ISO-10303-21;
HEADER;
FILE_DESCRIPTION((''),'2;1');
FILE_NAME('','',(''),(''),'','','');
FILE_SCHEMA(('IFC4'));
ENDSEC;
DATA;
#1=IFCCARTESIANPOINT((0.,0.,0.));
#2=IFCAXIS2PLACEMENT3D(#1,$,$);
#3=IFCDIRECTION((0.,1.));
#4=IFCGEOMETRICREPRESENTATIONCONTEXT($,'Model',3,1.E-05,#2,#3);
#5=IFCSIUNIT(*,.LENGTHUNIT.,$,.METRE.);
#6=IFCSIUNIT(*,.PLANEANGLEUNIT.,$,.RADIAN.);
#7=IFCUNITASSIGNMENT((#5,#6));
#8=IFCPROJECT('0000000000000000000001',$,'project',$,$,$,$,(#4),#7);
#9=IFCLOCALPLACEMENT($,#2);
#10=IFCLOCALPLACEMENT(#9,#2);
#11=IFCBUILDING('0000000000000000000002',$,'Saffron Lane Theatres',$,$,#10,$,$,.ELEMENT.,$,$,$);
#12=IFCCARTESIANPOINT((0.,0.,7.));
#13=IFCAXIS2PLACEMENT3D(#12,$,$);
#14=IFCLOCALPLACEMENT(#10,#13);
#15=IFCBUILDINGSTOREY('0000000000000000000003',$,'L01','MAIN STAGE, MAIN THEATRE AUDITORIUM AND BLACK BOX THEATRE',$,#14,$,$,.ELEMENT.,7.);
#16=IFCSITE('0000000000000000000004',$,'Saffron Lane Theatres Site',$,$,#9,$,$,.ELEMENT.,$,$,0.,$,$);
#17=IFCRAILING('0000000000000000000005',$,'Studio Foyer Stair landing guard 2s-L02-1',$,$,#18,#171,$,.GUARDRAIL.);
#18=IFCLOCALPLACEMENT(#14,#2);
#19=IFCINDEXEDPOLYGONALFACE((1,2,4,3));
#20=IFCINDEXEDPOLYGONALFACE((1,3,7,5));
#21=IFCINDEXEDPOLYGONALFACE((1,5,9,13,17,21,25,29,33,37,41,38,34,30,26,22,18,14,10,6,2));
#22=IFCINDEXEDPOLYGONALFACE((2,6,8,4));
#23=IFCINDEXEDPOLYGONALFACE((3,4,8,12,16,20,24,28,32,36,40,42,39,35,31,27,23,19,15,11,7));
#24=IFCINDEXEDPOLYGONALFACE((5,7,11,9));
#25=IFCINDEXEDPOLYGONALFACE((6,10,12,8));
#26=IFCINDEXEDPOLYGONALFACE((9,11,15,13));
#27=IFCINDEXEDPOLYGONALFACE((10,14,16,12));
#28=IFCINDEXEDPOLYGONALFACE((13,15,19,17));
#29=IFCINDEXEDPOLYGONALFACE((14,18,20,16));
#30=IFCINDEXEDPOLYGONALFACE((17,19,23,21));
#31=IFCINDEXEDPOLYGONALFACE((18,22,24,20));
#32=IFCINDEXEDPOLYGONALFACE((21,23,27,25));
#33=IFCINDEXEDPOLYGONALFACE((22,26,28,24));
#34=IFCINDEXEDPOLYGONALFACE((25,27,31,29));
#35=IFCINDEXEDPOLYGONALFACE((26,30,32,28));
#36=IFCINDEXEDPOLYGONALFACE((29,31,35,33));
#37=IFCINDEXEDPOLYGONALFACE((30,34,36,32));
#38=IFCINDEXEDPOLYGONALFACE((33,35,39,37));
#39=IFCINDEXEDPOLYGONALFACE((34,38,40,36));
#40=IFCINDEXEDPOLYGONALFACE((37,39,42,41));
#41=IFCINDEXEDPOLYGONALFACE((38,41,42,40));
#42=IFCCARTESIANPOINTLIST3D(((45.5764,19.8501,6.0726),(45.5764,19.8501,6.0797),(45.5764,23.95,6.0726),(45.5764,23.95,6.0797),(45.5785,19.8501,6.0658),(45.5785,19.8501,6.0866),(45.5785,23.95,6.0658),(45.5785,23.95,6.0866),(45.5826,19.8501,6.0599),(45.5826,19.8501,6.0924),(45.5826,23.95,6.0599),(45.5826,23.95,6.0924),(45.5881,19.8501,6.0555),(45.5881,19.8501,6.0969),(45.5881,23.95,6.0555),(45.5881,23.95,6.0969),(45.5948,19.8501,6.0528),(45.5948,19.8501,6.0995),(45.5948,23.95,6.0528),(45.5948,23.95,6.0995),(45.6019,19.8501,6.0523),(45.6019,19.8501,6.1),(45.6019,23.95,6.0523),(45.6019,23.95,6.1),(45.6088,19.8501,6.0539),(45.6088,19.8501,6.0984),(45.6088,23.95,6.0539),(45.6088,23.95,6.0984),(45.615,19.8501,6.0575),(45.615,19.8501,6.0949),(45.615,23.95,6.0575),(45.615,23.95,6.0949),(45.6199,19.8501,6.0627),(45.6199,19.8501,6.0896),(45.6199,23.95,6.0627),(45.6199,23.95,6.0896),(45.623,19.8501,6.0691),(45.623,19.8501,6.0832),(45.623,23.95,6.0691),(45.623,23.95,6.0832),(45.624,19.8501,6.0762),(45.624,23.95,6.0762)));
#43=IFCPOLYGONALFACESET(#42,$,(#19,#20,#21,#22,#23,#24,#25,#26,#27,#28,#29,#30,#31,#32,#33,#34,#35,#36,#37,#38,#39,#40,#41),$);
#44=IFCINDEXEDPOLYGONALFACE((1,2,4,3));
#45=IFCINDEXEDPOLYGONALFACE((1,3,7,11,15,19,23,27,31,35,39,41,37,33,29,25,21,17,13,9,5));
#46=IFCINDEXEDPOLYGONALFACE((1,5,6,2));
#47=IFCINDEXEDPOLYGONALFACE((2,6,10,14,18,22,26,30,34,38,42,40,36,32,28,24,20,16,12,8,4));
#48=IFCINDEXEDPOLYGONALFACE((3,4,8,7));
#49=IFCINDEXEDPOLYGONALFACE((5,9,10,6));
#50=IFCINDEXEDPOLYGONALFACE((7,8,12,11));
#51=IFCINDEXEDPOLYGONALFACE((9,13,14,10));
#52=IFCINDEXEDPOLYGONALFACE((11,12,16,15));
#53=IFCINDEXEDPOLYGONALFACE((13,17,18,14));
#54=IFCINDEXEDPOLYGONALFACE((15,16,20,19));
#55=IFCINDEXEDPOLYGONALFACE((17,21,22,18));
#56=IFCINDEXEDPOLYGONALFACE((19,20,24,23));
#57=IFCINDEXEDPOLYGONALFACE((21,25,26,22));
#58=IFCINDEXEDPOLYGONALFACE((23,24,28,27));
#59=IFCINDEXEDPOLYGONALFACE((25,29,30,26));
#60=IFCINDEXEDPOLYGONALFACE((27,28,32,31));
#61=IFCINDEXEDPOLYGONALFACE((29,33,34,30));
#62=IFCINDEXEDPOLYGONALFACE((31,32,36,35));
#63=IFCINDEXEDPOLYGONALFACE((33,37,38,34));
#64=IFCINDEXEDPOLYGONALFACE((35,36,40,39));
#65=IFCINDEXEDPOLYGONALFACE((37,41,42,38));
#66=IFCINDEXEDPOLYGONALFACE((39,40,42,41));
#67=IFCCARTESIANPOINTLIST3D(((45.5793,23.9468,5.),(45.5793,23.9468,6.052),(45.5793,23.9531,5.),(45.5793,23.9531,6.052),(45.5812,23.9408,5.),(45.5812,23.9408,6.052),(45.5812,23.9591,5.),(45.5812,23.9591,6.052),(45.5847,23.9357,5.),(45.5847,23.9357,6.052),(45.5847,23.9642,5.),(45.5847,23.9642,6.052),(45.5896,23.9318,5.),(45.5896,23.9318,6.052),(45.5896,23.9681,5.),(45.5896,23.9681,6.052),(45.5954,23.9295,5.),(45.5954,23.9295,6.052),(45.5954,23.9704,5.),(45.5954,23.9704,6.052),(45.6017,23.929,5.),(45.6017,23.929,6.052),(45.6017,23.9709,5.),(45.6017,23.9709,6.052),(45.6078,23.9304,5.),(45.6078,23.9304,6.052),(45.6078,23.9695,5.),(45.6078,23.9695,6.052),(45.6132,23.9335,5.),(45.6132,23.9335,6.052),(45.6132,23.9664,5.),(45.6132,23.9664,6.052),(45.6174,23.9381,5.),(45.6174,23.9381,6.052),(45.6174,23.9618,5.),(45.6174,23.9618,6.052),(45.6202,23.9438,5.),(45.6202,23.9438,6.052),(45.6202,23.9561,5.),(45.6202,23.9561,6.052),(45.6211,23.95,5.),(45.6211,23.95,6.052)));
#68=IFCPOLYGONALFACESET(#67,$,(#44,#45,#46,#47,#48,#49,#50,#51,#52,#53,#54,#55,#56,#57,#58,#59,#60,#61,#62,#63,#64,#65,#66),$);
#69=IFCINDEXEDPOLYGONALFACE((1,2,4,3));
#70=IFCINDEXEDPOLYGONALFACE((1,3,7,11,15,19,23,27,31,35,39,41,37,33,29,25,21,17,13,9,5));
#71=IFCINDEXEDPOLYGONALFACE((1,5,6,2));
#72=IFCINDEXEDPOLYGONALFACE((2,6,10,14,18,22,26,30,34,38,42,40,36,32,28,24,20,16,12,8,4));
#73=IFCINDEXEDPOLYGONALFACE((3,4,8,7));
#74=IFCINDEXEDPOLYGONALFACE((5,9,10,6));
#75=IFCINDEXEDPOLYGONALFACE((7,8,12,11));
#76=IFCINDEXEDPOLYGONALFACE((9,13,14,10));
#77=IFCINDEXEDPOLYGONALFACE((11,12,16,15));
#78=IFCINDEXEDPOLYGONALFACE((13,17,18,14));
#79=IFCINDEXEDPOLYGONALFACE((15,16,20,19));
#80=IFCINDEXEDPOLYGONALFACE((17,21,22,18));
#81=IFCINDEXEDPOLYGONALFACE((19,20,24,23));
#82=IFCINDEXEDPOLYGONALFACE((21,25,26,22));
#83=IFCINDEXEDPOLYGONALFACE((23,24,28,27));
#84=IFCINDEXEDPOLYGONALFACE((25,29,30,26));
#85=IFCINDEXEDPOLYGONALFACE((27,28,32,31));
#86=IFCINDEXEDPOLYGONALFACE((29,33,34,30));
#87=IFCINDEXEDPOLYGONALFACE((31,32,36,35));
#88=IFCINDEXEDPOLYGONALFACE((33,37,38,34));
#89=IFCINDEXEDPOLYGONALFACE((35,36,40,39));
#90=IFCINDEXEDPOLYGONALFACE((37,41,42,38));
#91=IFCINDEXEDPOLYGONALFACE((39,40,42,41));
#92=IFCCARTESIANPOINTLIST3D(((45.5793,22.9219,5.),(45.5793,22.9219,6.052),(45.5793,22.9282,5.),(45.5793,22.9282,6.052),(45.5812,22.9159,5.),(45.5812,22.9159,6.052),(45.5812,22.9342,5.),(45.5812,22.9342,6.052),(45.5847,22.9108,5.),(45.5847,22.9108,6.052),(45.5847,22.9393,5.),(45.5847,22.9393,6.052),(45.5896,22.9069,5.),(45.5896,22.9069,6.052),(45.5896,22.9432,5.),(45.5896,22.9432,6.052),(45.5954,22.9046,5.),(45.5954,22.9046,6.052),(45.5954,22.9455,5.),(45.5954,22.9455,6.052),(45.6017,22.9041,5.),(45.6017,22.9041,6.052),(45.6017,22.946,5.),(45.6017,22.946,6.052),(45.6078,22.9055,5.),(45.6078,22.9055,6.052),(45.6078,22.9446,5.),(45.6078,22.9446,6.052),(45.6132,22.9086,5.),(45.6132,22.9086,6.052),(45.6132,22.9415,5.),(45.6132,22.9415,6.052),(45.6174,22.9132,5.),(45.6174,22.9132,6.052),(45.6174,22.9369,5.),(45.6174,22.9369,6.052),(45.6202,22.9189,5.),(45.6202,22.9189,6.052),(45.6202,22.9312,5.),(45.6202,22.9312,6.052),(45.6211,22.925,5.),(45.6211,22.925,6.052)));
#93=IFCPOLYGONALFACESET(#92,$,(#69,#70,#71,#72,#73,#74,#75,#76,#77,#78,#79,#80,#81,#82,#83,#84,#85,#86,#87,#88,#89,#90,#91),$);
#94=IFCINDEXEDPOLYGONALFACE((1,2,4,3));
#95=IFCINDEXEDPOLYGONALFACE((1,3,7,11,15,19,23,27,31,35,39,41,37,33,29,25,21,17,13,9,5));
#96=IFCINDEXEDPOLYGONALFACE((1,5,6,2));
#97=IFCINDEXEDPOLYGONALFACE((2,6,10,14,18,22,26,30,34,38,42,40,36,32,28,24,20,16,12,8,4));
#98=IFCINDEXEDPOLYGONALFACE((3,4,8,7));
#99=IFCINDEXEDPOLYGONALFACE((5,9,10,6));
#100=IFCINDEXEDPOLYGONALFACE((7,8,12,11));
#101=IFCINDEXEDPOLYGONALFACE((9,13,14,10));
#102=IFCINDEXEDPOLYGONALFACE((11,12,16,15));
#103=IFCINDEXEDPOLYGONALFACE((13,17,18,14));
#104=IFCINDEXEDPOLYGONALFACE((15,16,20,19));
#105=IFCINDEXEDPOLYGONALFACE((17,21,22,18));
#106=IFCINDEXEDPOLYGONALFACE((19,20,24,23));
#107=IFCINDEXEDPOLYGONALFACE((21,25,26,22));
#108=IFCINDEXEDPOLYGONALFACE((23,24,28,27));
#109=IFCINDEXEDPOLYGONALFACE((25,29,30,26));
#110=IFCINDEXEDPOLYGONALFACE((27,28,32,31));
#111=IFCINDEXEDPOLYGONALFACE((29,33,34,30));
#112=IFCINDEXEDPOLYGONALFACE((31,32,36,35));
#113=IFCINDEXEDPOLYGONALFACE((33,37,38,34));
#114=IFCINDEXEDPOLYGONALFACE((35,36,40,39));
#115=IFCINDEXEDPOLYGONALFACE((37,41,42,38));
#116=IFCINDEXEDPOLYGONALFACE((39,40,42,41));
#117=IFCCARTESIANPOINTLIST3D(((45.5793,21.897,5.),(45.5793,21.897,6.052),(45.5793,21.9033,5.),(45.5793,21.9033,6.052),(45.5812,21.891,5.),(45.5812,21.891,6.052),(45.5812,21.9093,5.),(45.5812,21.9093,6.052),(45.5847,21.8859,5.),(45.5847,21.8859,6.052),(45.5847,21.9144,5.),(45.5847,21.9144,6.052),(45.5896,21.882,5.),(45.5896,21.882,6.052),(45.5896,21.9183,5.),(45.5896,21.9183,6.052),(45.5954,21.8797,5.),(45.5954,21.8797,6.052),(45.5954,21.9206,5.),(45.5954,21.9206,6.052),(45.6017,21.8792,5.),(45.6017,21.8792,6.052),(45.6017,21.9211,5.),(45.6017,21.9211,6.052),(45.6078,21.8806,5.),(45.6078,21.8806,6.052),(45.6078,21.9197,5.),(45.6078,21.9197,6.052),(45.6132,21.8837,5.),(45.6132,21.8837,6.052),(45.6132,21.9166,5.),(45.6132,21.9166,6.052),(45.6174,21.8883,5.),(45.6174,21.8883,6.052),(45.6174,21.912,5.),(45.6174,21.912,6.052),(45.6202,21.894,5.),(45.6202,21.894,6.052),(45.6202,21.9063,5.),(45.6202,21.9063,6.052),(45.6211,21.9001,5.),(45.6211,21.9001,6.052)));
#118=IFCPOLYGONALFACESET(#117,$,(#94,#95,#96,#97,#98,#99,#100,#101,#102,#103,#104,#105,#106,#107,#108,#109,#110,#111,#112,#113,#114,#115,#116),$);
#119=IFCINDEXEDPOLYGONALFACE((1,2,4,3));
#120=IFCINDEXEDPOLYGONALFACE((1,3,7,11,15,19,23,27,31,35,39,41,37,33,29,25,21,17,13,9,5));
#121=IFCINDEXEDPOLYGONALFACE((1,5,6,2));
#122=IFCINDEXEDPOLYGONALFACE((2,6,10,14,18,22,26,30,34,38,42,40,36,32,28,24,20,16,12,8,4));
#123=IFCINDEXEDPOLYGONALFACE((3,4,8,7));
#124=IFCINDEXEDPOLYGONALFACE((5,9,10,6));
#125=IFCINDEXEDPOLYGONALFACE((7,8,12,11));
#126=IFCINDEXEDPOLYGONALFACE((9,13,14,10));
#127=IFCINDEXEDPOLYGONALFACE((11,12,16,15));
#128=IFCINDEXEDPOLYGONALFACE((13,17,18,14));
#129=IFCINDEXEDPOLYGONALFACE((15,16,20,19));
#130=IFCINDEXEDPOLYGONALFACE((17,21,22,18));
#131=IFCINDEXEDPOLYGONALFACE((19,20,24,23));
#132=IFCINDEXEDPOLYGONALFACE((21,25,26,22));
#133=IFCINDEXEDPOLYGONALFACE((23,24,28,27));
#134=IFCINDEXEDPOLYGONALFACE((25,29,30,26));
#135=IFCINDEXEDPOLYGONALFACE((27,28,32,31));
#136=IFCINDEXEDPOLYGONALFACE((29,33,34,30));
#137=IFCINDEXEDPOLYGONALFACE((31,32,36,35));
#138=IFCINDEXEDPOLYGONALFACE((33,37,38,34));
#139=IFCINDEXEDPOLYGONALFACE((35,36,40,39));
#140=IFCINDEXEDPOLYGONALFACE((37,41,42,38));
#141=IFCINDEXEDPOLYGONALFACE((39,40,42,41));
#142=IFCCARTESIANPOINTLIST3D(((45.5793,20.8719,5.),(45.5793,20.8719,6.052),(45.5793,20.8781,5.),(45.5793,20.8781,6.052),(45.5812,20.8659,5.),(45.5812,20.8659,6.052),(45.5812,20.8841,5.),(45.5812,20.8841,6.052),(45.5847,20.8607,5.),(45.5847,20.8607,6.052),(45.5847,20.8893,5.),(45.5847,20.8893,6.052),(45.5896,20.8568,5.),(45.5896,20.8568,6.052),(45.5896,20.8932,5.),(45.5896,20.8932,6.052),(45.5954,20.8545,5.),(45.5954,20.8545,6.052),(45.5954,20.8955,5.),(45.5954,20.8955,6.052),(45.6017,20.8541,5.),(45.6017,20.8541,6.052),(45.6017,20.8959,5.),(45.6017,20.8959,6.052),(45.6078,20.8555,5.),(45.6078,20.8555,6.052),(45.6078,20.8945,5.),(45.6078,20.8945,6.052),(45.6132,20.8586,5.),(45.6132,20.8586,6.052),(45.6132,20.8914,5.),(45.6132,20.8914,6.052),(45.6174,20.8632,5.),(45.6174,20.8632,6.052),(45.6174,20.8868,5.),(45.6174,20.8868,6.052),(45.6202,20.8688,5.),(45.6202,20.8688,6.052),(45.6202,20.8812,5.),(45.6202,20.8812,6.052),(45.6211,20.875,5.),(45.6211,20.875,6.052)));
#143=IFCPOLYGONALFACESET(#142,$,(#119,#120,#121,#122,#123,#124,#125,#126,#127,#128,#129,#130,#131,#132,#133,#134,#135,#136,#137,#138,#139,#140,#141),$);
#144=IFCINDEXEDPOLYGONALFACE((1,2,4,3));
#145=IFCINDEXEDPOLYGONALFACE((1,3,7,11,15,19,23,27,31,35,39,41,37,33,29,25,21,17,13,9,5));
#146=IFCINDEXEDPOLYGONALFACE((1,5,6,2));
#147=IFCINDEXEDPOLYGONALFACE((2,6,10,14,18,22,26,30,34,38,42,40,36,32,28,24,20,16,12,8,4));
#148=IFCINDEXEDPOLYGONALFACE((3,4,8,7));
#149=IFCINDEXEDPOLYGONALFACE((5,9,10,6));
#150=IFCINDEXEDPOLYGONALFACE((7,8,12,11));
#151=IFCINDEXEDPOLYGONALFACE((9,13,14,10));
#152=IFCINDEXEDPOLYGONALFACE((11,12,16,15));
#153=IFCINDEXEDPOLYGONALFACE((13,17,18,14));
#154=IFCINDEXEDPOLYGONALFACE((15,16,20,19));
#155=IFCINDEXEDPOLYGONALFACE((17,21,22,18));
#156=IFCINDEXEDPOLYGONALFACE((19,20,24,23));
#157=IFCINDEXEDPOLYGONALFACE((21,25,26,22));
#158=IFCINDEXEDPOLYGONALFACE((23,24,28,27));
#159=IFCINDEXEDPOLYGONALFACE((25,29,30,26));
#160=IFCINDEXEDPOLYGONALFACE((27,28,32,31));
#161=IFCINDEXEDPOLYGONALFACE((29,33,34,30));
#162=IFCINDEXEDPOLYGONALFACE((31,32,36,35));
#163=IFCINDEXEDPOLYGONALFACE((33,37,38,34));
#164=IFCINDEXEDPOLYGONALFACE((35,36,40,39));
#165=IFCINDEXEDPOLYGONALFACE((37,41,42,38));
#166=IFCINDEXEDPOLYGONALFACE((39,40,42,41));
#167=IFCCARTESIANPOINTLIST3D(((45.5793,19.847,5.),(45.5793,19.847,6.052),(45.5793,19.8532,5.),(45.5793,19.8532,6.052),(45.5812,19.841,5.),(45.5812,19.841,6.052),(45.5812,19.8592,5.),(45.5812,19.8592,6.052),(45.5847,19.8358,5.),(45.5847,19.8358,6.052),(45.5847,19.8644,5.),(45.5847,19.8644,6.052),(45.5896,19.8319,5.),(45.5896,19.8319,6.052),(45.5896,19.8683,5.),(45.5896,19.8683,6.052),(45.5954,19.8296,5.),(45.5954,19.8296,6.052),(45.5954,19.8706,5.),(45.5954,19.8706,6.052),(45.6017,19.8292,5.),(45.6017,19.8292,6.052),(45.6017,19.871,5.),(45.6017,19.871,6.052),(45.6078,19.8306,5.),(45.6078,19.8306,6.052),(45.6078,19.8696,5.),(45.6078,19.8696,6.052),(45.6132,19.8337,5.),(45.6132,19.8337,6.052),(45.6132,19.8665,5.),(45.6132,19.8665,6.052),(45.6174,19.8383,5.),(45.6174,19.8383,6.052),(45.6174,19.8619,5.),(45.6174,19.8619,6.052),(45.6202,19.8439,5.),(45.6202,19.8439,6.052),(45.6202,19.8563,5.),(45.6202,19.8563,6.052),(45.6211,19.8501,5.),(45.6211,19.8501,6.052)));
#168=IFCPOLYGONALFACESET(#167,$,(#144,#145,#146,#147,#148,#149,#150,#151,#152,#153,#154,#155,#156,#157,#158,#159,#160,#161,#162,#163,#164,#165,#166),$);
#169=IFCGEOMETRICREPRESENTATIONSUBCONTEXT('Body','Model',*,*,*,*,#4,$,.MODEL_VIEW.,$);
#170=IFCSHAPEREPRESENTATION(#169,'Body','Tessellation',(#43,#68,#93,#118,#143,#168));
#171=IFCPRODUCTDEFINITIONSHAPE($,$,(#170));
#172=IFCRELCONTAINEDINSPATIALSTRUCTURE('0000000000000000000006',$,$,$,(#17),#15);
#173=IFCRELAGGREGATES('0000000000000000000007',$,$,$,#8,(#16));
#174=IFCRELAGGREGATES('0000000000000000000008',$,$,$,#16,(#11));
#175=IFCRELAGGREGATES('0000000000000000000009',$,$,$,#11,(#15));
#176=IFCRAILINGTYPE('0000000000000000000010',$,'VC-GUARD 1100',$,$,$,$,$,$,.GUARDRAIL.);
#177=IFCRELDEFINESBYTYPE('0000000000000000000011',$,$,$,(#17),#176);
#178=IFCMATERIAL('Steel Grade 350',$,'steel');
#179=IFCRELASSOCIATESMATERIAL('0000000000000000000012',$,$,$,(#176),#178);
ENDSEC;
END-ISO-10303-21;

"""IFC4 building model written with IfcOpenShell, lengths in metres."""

from ifc_helpers import new_model, si_unit, direction, frame, origin, origin_2d, place, context, subcontext, project, spatial, circle, extrude, material, type_object, element, save


model = new_model("IFC4")

# Units and contexts
model_context = context("Model", 3, precision=1e-05, world=origin(), true_north=direction((0.0, 1.0)))
body_context = subcontext(model_context, "Body", "Model", "MODEL_VIEW")
ifc_project = project(units=[si_unit("LENGTHUNIT", "METRE"), si_unit("PLANEANGLEUNIT", "RADIAN")], contexts=[model_context])

# Site, building, storey
site_placement = place(None, origin())
site = spatial("IfcSite", under=ifc_project, at=site_placement, Name="Saffron Lane Theatres Site", CompositionType="ELEMENT", RefElevation=0.0)
building_placement = place(site_placement, origin())
building = spatial("IfcBuilding", under=site, at=building_placement, Name="Saffron Lane Theatres", CompositionType="ELEMENT")
storey_placement = place(building_placement, frame((0.0, 0.0, 7.0)))
storey = spatial("IfcBuildingStorey", under=building, at=storey_placement, Name="L01", Description="MAIN STAGE, MAIN THEATRE AUDITORIUM AND BLACK BOX THEATRE", CompositionType="ELEMENT", Elevation=7.0)

# Railing
ifc_material_1 = material(Name="Steel Grade 350", Category="steel")
railing_type_1 = type_object("IfcRailingType", Name="VC-GUARD 1100", PredefinedType="GUARDRAIL", material=ifc_material_1)
railing_1_placement = place(storey_placement, frame((45.6001, 23.95, 5.0)))
element("IfcRailing", 1, at=railing_1_placement, inside=storey, type_object=railing_type_1, Name="Studio Foyer Stair landing guard 2s-L02-1", PredefinedType="GUARDRAIL", context=body_context, shape_type="SweptSolid", body=[
    extrude(circle(Radius=0.0239, at=origin_2d()), frame((0.0, 0.0, 1.0762), z_axis=(0.0, -1.0, 0.0), x_axis=(1.0, 0.0, 0.0)), (0.0, 0.0, 1.0), 4.0999),
    extrude(circle(Radius=0.021, at=origin_2d()), origin(), (0.0, 0.0, 1.0), 1.052),
    extrude(circle(Radius=0.021, at=origin_2d()), frame((0.0, -1.0249, 0.0)), (0.0, 0.0, 1.0), 1.052),
    extrude(circle(Radius=0.021, at=origin_2d()), frame((0.0, -2.0498, 0.0)), (0.0, 0.0, 1.0), 1.052),
    extrude(circle(Radius=0.021, at=origin_2d()), frame((0.0, -3.075, 0.0)), (0.0, 0.0, 1.0), 1.052),
    extrude(circle(Radius=0.021, at=origin_2d()), frame((0.0, -4.0999, 0.0)), (0.0, 0.0, 1.0), 1.052),
])

save(model, "model.ifc")
